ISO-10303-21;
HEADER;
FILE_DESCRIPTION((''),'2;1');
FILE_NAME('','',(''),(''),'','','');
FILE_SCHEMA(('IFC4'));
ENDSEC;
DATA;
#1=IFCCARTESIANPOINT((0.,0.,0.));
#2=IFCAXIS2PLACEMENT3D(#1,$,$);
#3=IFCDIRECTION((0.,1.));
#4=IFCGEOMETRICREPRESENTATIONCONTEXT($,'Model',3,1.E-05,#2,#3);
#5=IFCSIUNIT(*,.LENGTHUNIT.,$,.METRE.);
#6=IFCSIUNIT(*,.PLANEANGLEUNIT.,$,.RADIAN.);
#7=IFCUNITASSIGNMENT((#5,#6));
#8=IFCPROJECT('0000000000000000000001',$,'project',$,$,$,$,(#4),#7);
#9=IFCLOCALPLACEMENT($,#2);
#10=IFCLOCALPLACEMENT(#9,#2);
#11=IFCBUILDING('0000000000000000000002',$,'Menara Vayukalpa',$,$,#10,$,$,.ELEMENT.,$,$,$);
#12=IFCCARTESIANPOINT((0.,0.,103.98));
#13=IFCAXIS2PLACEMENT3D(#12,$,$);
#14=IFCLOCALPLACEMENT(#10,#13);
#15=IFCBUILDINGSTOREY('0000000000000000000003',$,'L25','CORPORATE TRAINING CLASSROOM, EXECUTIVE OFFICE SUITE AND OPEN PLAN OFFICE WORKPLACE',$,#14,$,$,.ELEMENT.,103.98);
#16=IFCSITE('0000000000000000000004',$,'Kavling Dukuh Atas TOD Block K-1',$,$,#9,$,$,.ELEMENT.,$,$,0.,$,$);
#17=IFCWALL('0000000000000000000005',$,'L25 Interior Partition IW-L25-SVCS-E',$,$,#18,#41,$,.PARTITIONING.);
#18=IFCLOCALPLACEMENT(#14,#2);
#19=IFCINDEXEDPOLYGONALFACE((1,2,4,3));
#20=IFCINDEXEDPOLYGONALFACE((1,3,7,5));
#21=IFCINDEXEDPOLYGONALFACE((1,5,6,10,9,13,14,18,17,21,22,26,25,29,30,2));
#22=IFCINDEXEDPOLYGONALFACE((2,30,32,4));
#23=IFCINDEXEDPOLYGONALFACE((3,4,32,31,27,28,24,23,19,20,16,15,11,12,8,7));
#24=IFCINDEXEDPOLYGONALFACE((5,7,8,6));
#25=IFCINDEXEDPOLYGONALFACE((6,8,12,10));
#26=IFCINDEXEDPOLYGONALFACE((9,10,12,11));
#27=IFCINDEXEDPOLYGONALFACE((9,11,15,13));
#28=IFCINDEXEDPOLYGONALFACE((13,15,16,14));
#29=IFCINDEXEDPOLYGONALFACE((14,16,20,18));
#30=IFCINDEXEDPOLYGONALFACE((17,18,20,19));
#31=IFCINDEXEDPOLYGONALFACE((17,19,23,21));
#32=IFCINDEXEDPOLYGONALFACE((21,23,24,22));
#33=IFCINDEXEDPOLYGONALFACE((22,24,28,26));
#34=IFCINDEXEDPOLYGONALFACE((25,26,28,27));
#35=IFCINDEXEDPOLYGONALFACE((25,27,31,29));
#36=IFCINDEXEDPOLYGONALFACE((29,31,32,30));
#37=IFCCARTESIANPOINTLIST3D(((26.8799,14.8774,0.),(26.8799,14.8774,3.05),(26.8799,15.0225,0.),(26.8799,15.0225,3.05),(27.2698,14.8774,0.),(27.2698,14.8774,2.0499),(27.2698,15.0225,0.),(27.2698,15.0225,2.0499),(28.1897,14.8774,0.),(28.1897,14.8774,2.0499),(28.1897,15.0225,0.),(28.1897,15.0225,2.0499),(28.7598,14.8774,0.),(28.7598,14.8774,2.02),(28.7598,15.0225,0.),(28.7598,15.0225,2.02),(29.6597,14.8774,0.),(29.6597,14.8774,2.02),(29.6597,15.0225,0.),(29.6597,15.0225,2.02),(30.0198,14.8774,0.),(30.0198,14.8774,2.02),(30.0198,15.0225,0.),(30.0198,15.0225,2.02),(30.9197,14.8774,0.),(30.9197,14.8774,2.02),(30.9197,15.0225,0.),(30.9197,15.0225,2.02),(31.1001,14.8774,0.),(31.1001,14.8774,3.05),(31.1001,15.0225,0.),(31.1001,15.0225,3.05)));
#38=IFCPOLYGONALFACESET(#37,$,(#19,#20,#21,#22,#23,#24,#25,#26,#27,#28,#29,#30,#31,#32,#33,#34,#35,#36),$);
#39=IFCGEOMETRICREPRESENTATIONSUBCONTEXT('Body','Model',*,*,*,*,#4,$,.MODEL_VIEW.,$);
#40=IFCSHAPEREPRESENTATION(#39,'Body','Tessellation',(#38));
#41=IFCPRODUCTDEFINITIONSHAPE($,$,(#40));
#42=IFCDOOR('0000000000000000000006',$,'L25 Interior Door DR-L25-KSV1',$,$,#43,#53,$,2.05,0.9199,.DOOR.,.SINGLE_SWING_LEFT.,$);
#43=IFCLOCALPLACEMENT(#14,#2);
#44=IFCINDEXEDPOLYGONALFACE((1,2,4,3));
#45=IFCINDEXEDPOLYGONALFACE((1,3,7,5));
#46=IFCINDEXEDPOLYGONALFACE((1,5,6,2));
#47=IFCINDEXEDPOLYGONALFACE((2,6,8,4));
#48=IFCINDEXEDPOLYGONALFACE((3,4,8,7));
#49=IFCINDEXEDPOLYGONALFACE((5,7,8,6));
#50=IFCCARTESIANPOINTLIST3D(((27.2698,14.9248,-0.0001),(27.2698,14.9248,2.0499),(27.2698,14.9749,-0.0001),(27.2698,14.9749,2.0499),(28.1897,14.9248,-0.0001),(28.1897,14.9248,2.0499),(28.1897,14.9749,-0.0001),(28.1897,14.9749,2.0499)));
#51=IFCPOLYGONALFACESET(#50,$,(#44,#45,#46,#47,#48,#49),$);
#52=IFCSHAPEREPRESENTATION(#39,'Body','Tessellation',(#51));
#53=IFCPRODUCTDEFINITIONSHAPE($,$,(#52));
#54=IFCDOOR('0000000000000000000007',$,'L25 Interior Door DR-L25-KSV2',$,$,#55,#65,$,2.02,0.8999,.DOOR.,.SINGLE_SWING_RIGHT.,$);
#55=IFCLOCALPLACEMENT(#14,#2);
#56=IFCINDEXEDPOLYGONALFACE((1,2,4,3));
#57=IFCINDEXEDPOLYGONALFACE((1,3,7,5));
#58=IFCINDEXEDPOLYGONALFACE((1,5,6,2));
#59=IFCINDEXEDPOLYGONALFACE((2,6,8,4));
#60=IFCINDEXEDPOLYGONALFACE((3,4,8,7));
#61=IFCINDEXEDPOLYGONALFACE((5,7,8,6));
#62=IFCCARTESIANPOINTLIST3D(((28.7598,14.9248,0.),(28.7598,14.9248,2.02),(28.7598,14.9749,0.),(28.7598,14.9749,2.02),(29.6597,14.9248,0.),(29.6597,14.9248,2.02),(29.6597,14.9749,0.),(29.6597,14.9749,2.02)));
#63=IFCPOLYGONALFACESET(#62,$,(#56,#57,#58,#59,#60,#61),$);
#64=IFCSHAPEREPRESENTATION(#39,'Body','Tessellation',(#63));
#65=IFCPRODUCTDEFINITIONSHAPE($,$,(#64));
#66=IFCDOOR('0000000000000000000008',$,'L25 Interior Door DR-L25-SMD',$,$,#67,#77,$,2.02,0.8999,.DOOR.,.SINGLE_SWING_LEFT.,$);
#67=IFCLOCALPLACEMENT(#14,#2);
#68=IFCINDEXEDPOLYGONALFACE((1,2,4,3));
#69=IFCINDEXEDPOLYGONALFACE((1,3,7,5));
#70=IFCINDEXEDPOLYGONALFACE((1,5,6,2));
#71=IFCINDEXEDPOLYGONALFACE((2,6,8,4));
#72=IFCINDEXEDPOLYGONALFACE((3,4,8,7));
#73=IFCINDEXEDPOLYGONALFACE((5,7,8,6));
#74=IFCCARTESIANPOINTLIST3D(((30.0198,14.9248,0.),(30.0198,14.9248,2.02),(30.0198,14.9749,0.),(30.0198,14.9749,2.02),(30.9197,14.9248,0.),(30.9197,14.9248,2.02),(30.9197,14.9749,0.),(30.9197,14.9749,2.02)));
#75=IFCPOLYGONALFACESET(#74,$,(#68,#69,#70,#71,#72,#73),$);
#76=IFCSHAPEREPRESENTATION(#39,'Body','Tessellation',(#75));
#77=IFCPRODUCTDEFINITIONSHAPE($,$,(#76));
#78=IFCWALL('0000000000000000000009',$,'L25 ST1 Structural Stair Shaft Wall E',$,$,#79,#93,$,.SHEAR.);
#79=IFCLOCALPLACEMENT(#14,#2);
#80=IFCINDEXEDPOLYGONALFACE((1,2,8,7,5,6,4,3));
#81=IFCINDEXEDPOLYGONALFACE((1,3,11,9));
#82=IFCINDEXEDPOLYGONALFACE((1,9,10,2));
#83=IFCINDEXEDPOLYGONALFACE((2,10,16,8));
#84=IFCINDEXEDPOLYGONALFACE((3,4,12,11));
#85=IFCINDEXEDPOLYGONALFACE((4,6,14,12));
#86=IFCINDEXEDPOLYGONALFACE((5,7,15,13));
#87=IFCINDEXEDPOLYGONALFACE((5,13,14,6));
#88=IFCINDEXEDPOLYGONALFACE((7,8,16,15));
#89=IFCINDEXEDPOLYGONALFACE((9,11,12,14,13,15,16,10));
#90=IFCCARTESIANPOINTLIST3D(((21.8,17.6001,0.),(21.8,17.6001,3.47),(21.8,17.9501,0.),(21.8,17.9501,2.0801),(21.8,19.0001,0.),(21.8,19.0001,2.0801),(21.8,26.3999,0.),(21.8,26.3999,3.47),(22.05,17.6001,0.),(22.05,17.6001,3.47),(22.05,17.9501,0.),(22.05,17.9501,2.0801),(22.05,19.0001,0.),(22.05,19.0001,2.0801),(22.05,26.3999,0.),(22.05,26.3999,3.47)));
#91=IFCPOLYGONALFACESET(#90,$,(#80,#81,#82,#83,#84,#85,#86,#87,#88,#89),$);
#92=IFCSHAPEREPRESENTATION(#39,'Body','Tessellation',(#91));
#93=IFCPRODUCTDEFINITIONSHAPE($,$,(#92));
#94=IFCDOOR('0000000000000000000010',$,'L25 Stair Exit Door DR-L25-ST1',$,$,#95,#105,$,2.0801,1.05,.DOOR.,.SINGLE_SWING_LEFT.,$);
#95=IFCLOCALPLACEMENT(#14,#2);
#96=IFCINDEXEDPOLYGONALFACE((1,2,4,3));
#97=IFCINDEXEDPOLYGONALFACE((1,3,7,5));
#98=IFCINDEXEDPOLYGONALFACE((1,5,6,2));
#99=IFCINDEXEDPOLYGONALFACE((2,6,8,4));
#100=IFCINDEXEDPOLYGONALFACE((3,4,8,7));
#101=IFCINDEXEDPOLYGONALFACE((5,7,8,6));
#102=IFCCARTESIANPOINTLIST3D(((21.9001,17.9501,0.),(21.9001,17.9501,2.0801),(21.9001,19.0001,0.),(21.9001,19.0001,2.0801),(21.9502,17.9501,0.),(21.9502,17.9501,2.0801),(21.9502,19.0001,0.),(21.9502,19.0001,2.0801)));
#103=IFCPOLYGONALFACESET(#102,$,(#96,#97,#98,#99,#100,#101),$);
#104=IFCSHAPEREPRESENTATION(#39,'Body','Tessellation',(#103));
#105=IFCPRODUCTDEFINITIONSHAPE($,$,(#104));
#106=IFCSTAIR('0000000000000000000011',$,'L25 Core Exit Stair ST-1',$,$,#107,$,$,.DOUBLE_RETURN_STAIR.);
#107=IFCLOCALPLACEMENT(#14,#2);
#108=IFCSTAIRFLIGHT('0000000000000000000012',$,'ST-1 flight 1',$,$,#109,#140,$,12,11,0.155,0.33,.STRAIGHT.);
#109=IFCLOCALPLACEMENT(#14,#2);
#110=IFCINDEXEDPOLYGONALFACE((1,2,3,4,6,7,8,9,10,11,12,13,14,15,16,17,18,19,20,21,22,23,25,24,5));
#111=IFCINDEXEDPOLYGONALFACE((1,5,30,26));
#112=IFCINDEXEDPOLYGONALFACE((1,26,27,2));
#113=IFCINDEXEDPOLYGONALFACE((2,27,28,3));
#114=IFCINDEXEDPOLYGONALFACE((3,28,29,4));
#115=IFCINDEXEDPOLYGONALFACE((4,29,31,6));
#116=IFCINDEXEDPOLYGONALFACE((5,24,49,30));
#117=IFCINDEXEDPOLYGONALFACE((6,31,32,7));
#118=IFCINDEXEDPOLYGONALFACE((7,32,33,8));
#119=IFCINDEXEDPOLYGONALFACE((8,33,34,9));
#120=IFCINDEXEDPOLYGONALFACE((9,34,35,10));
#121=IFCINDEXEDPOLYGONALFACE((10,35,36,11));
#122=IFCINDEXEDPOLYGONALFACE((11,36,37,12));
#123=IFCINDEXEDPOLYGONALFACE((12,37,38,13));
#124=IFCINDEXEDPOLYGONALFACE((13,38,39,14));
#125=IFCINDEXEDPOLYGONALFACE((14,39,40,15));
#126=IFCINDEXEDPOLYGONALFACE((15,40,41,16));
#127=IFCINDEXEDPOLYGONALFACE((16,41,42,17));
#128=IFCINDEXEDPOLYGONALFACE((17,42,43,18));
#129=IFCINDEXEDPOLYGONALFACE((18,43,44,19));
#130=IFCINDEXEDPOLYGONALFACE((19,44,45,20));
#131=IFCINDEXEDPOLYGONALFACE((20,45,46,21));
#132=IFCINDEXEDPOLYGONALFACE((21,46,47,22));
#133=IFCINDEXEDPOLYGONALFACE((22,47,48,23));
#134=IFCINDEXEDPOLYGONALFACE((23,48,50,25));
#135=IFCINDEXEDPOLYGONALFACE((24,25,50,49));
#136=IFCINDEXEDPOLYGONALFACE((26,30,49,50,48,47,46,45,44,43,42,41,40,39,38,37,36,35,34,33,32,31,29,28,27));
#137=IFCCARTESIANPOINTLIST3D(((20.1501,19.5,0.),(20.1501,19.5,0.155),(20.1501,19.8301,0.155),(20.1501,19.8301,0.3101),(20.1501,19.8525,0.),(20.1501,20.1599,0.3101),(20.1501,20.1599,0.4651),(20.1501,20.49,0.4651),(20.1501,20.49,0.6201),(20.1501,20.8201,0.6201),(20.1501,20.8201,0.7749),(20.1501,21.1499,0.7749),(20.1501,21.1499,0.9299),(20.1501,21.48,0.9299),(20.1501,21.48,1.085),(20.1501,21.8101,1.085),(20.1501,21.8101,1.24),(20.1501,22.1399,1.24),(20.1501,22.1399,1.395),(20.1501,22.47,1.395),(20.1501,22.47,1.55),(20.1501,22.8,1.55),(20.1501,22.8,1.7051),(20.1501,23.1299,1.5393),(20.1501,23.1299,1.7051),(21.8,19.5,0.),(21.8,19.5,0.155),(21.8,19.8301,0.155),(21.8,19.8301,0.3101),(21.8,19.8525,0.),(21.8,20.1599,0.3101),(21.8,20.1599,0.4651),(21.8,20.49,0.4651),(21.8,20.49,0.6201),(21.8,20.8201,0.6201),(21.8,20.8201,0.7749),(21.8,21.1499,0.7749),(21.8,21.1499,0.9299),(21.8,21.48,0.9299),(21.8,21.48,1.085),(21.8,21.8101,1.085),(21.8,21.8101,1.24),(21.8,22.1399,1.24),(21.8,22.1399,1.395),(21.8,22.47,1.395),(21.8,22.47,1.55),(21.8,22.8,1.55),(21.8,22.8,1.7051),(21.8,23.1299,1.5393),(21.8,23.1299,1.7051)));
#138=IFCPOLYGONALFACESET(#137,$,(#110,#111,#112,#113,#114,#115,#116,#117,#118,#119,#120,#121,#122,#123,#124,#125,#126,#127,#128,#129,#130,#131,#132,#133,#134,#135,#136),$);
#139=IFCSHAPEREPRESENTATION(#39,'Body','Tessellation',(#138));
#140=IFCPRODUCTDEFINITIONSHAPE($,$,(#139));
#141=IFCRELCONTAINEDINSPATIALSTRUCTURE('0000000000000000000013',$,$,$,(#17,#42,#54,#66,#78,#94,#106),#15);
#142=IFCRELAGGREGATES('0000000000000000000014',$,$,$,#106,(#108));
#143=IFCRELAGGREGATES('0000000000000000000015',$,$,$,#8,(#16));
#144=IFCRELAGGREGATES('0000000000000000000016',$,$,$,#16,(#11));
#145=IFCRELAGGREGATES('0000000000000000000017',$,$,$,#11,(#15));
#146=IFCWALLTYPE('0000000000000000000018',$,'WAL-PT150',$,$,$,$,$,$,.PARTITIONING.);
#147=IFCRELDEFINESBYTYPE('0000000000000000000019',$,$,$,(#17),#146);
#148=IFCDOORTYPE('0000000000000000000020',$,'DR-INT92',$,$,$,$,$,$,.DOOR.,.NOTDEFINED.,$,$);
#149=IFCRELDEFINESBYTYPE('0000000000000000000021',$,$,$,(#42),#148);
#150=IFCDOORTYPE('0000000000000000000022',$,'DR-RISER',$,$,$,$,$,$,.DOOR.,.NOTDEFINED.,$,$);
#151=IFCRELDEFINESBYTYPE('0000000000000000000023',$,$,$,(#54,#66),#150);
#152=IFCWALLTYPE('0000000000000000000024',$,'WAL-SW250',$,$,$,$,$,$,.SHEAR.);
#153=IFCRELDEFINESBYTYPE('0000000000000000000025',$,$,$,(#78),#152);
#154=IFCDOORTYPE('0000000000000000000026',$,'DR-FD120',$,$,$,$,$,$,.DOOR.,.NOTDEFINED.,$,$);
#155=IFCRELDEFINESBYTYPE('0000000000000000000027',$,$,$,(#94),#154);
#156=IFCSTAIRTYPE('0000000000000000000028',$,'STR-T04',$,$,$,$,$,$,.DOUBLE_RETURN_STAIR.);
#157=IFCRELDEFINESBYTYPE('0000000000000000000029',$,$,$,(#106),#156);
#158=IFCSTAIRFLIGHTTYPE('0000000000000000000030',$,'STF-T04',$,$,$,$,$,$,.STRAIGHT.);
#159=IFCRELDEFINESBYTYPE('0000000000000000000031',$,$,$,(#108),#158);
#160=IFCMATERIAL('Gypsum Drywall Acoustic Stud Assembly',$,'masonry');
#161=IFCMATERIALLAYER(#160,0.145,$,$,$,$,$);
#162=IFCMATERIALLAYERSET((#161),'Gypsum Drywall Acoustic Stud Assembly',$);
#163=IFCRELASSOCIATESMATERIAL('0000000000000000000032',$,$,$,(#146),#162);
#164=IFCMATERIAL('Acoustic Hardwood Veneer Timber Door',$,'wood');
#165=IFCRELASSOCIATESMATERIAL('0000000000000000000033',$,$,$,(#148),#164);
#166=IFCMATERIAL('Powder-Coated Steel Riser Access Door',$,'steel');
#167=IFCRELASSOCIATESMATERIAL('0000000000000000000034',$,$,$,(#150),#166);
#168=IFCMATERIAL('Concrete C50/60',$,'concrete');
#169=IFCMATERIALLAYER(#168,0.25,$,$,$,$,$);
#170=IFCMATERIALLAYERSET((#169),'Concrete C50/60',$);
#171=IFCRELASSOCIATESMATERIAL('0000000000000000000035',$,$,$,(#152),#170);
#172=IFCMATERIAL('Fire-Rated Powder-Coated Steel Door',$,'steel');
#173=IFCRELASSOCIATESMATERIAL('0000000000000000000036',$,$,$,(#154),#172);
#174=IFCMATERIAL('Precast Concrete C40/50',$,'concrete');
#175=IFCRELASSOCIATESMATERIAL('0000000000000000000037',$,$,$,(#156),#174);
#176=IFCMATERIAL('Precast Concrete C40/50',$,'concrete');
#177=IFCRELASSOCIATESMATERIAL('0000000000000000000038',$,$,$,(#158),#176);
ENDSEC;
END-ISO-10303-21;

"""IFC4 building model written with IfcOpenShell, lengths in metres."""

from ifc_helpers import new_model, si_unit, direction, frame, frame_2d, origin, place, context, subcontext, project, spatial, polyline, rectangle, outline, extrude, material, layer, layer_set, type_object, element, fill, aggregate, save


model = new_model("IFC4")

# Units and contexts
model_context = context("Model", 3, precision=1e-05, world=origin(), true_north=direction((0.0, 1.0)))
body_context = subcontext(model_context, "Body", "Model", "MODEL_VIEW")
ifc_project = project(units=[si_unit("LENGTHUNIT", "METRE"), si_unit("PLANEANGLEUNIT", "RADIAN")], contexts=[model_context])

# Site, building, storey
site_placement = place(None, origin())
site = spatial("IfcSite", under=ifc_project, at=site_placement, Name="Kavling Dukuh Atas TOD Block K-1", CompositionType="ELEMENT", RefElevation=0.0)
building_placement = place(site_placement, origin())
building = spatial("IfcBuilding", under=site, at=building_placement, Name="Menara Vayukalpa", CompositionType="ELEMENT")
storey_placement = place(building_placement, frame((0.0, 0.0, 103.98)))
storey = spatial("IfcBuildingStorey", under=building, at=storey_placement, Name="L25", Description="CORPORATE TRAINING CLASSROOM, EXECUTIVE OFFICE SUITE AND OPEN PLAN OFFICE WORKPLACE", CompositionType="ELEMENT", Elevation=103.98)

# Wall, openings, doors
ifc_material_1 = material(Name="Gypsum Drywall Acoustic Stud Assembly", Category="masonry")
ifc_layer_1 = layer(ifc_material_1, 0.145)
ifc_layer_set_1 = layer_set([ifc_layer_1], Name="Gypsum Drywall Acoustic Stud Assembly")
wall_type_1 = type_object("IfcWallType", Name="WAL-PT150", PredefinedType="PARTITIONING", material=ifc_layer_set_1)
wall_1_placement = place(storey_placement, frame((26.8799, 14.95, 0.0), z_axis=(0.0, 0.0, 1.0), x_axis=(1.0, 0.0, 0.0)))
wall_1 = element("IfcWall", 1, at=wall_1_placement, inside=storey, type_object=wall_type_1, Name="L25 Interior Partition IW-L25-SVCS-E", PredefinedType="PARTITIONING", context=body_context, shape_type="SweptSolid", body=[
    extrude(rectangle(XDim=4.2202, YDim=0.145, at=frame_2d((2.1101, 0.0))), origin(), (0.0, 0.0, 1.0), 3.05),
])
opening_1_placement = place(wall_1_placement, frame((0.3899, 0.0, 0.0)))
opening_1 = element("IfcOpeningElement", 2, at=opening_1_placement, cuts=wall_1, PredefinedType="OPENING", context=body_context, shape_type="SweptSolid", body=[
    extrude(rectangle(XDim=0.9199, YDim=2.05, at=frame_2d((0.46, 1.0249))), frame((0.0, 0.0825, 0.0), z_axis=(0.0, -1.0, 0.0), x_axis=(1.0, 0.0, 0.0)), (0.0, 0.0, 1.0), 0.165),
])
opening_2_placement = place(wall_1_placement, frame((1.8799, 0.0, 0.0)))
opening_2 = element("IfcOpeningElement", 3, at=opening_2_placement, cuts=wall_1, PredefinedType="OPENING", context=body_context, shape_type="SweptSolid", body=[
    extrude(rectangle(XDim=0.8999, YDim=2.02, at=frame_2d((0.45, 1.01))), frame((0.0, 0.0825, 0.0), z_axis=(0.0, -1.0, 0.0), x_axis=(1.0, 0.0, 0.0)), (0.0, 0.0, 1.0), 0.165),
])
opening_3_placement = place(wall_1_placement, frame((3.1399, 0.0, 0.0)))
opening_3 = element("IfcOpeningElement", 4, at=opening_3_placement, cuts=wall_1, PredefinedType="OPENING", context=body_context, shape_type="SweptSolid", body=[
    extrude(rectangle(XDim=0.8999, YDim=2.02, at=frame_2d((0.45, 1.01))), frame((0.0, 0.0825, 0.0), z_axis=(0.0, -1.0, 0.0), x_axis=(1.0, 0.0, 0.0)), (0.0, 0.0, 1.0), 0.165),
])
ifc_material_2 = material(Name="Acoustic Hardwood Veneer Timber Door", Category="wood")
door_type_1 = type_object("IfcDoorType", Name="DR-INT92", OperationType="NOTDEFINED", PredefinedType="DOOR", material=ifc_material_2)
door_1_placement = place(opening_1_placement, origin())
door_1 = element("IfcDoor", 5, at=door_1_placement, inside=storey, type_object=door_type_1, Name="L25 Interior Door DR-L25-KSV1", OperationType="SINGLE_SWING_LEFT", OverallHeight=2.05, OverallWidth=0.9199, PredefinedType="DOOR", context=body_context, shape_type="SweptSolid", body=[
    extrude(rectangle(XDim=0.9199, YDim=2.05, at=frame_2d((0.46, 1.0249))), frame((0.0, 0.0249, 0.0), z_axis=(0.0, -1.0, 0.0), x_axis=(1.0, 0.0, 0.0)), (0.0, 0.0, 1.0), 0.05),
])
fill(opening_1, door_1)
ifc_material_3 = material(Name="Powder-Coated Steel Riser Access Door", Category="steel")
door_type_2 = type_object("IfcDoorType", Name="DR-RISER", OperationType="NOTDEFINED", PredefinedType="DOOR", material=ifc_material_3)
door_2_placement = place(opening_2_placement, origin())
door_2 = element("IfcDoor", 6, at=door_2_placement, inside=storey, type_object=door_type_2, Name="L25 Interior Door DR-L25-KSV2", OperationType="SINGLE_SWING_RIGHT", OverallHeight=2.02, OverallWidth=0.8999, PredefinedType="DOOR", context=body_context, shape_type="SweptSolid", body=[
    extrude(rectangle(XDim=0.8999, YDim=2.02, at=frame_2d((0.45, 1.01))), frame((0.0, 0.0249, 0.0), z_axis=(0.0, -1.0, 0.0), x_axis=(1.0, 0.0, 0.0)), (0.0, 0.0, 1.0), 0.05),
])
fill(opening_2, door_2)
door_3_placement = place(opening_3_placement, origin())
door_3 = element("IfcDoor", 7, at=door_3_placement, inside=storey, type_object=door_type_2, Name="L25 Interior Door DR-L25-SMD", OperationType="SINGLE_SWING_LEFT", OverallHeight=2.02, OverallWidth=0.8999, PredefinedType="DOOR", context=body_context, shape_type="SweptSolid", body=[
    extrude(rectangle(XDim=0.8999, YDim=2.02, at=frame_2d((0.45, 1.01))), frame((0.0, 0.0249, 0.0), z_axis=(0.0, -1.0, 0.0), x_axis=(1.0, 0.0, 0.0)), (0.0, 0.0, 1.0), 0.05),
])
fill(opening_3, door_3)

# Wall, opening, door
ifc_material_4 = material(Name="Concrete C50/60", Category="concrete")
ifc_layer_2 = layer(ifc_material_4, 0.25)
ifc_layer_set_2 = layer_set([ifc_layer_2], Name="Concrete C50/60")
wall_type_2 = type_object("IfcWallType", Name="WAL-SW250", PredefinedType="SHEAR", material=ifc_layer_set_2)
wall_2_placement = place(storey_placement, frame((21.925, 17.6001, 0.0), z_axis=(0.0, 0.0, 1.0), x_axis=(0.0, 1.0, 0.0)))
wall_2 = element("IfcWall", 8, at=wall_2_placement, inside=storey, type_object=wall_type_2, Name="L25 ST1 Structural Stair Shaft Wall E", PredefinedType="SHEAR", context=body_context, shape_type="SweptSolid", body=[
    extrude(rectangle(XDim=8.7998, YDim=0.25, at=frame_2d((4.3999, 0.0))), origin(), (0.0, 0.0, 1.0), 3.47),
])
opening_4_placement = place(wall_2_placement, frame((0.3501, 0.0, 0.0)))
opening_4 = element("IfcOpeningElement", 9, at=opening_4_placement, cuts=wall_2, PredefinedType="OPENING", context=body_context, shape_type="SweptSolid", body=[
    extrude(rectangle(XDim=1.05, YDim=2.0801, at=frame_2d((0.5249, 1.04))), frame((0.0, 0.135, 0.0), z_axis=(0.0, -1.0, 0.0), x_axis=(1.0, 0.0, 0.0)), (0.0, 0.0, 1.0), 0.27),
])
ifc_material_5 = material(Name="Fire-Rated Powder-Coated Steel Door", Category="steel")
door_type_3 = type_object("IfcDoorType", Name="DR-FD120", OperationType="NOTDEFINED", PredefinedType="DOOR", material=ifc_material_5)
door_4_placement = place(opening_4_placement, origin())
door_4 = element("IfcDoor", 10, at=door_4_placement, inside=storey, type_object=door_type_3, Name="L25 Stair Exit Door DR-L25-ST1", OperationType="SINGLE_SWING_LEFT", OverallHeight=2.0801, OverallWidth=1.05, PredefinedType="DOOR", context=body_context, shape_type="SweptSolid", body=[
    extrude(rectangle(XDim=1.05, YDim=2.0801, at=frame_2d((0.5249, 1.04))), frame((0.0, 0.0249, 0.0), z_axis=(0.0, -1.0, 0.0), x_axis=(1.0, 0.0, 0.0)), (0.0, 0.0, 1.0), 0.05),
])
fill(opening_4, door_4)

# Stair, stair flight
ifc_material_6 = material(Name="Precast Concrete C40/50", Category="concrete")
stair_type = type_object("IfcStairType", Name="STR-T04", PredefinedType="DOUBLE_RETURN_STAIR", material=ifc_material_6)
stair_placement = place(storey_placement, origin())
stair = element("IfcStair", 11, at=stair_placement, inside=storey, type_object=stair_type, Name="L25 Core Exit Stair ST-1", PredefinedType="DOUBLE_RETURN_STAIR")
ifc_material_7 = material(Name="Precast Concrete C40/50", Category="concrete")
stair_flight_type = type_object("IfcStairFlightType", Name="STF-T04", PredefinedType="STRAIGHT", material=ifc_material_7)
stair_flight_placement = place(storey_placement, frame((20.9751, 19.5, 0.0), z_axis=(0.0, 0.0, 1.0), x_axis=(0.0, 1.0, 0.0)))
stair_flight = element("IfcStairFlight", 12, at=stair_flight_placement, type_object=stair_flight_type, Name="ST-1 flight 1", NumberOfRisers=12, NumberOfTreads=11, PredefinedType="STRAIGHT", RiserHeight=0.155, TreadLength=0.33, context=body_context, shape_type="SweptSolid", body=[
    extrude(outline(polyline([(0.0, 0.0), (0.0, 0.155), (0.3301, 0.155), (0.3301, 0.3101), (0.6599, 0.3101), (0.6599, 0.4651), (0.99, 0.4651), (0.99, 0.6201), (1.3201, 0.6201), (1.3201, 0.7749), (1.6499, 0.7749), (1.6499, 0.9299), (1.98, 0.9299), (1.98, 1.085), (2.3101, 1.085), (2.3101, 1.24), (2.6399, 1.24), (2.6399, 1.395), (2.97, 1.395), (2.97, 1.55), (3.3, 1.55), (3.3, 1.7051), (3.6299, 1.7051), (3.6299, 1.8601), (3.6299, 1.5393), (0.3525, 0.0), (0.0, 0.0)])), frame((0.0, 0.825, 0.0), z_axis=(0.0, -1.0, 0.0), x_axis=(1.0, 0.0, 0.0)), (0.0, 0.0, 1.0), 1.6499),
])
aggregate(stair, [stair_flight])

save(model, "model.ifc")
